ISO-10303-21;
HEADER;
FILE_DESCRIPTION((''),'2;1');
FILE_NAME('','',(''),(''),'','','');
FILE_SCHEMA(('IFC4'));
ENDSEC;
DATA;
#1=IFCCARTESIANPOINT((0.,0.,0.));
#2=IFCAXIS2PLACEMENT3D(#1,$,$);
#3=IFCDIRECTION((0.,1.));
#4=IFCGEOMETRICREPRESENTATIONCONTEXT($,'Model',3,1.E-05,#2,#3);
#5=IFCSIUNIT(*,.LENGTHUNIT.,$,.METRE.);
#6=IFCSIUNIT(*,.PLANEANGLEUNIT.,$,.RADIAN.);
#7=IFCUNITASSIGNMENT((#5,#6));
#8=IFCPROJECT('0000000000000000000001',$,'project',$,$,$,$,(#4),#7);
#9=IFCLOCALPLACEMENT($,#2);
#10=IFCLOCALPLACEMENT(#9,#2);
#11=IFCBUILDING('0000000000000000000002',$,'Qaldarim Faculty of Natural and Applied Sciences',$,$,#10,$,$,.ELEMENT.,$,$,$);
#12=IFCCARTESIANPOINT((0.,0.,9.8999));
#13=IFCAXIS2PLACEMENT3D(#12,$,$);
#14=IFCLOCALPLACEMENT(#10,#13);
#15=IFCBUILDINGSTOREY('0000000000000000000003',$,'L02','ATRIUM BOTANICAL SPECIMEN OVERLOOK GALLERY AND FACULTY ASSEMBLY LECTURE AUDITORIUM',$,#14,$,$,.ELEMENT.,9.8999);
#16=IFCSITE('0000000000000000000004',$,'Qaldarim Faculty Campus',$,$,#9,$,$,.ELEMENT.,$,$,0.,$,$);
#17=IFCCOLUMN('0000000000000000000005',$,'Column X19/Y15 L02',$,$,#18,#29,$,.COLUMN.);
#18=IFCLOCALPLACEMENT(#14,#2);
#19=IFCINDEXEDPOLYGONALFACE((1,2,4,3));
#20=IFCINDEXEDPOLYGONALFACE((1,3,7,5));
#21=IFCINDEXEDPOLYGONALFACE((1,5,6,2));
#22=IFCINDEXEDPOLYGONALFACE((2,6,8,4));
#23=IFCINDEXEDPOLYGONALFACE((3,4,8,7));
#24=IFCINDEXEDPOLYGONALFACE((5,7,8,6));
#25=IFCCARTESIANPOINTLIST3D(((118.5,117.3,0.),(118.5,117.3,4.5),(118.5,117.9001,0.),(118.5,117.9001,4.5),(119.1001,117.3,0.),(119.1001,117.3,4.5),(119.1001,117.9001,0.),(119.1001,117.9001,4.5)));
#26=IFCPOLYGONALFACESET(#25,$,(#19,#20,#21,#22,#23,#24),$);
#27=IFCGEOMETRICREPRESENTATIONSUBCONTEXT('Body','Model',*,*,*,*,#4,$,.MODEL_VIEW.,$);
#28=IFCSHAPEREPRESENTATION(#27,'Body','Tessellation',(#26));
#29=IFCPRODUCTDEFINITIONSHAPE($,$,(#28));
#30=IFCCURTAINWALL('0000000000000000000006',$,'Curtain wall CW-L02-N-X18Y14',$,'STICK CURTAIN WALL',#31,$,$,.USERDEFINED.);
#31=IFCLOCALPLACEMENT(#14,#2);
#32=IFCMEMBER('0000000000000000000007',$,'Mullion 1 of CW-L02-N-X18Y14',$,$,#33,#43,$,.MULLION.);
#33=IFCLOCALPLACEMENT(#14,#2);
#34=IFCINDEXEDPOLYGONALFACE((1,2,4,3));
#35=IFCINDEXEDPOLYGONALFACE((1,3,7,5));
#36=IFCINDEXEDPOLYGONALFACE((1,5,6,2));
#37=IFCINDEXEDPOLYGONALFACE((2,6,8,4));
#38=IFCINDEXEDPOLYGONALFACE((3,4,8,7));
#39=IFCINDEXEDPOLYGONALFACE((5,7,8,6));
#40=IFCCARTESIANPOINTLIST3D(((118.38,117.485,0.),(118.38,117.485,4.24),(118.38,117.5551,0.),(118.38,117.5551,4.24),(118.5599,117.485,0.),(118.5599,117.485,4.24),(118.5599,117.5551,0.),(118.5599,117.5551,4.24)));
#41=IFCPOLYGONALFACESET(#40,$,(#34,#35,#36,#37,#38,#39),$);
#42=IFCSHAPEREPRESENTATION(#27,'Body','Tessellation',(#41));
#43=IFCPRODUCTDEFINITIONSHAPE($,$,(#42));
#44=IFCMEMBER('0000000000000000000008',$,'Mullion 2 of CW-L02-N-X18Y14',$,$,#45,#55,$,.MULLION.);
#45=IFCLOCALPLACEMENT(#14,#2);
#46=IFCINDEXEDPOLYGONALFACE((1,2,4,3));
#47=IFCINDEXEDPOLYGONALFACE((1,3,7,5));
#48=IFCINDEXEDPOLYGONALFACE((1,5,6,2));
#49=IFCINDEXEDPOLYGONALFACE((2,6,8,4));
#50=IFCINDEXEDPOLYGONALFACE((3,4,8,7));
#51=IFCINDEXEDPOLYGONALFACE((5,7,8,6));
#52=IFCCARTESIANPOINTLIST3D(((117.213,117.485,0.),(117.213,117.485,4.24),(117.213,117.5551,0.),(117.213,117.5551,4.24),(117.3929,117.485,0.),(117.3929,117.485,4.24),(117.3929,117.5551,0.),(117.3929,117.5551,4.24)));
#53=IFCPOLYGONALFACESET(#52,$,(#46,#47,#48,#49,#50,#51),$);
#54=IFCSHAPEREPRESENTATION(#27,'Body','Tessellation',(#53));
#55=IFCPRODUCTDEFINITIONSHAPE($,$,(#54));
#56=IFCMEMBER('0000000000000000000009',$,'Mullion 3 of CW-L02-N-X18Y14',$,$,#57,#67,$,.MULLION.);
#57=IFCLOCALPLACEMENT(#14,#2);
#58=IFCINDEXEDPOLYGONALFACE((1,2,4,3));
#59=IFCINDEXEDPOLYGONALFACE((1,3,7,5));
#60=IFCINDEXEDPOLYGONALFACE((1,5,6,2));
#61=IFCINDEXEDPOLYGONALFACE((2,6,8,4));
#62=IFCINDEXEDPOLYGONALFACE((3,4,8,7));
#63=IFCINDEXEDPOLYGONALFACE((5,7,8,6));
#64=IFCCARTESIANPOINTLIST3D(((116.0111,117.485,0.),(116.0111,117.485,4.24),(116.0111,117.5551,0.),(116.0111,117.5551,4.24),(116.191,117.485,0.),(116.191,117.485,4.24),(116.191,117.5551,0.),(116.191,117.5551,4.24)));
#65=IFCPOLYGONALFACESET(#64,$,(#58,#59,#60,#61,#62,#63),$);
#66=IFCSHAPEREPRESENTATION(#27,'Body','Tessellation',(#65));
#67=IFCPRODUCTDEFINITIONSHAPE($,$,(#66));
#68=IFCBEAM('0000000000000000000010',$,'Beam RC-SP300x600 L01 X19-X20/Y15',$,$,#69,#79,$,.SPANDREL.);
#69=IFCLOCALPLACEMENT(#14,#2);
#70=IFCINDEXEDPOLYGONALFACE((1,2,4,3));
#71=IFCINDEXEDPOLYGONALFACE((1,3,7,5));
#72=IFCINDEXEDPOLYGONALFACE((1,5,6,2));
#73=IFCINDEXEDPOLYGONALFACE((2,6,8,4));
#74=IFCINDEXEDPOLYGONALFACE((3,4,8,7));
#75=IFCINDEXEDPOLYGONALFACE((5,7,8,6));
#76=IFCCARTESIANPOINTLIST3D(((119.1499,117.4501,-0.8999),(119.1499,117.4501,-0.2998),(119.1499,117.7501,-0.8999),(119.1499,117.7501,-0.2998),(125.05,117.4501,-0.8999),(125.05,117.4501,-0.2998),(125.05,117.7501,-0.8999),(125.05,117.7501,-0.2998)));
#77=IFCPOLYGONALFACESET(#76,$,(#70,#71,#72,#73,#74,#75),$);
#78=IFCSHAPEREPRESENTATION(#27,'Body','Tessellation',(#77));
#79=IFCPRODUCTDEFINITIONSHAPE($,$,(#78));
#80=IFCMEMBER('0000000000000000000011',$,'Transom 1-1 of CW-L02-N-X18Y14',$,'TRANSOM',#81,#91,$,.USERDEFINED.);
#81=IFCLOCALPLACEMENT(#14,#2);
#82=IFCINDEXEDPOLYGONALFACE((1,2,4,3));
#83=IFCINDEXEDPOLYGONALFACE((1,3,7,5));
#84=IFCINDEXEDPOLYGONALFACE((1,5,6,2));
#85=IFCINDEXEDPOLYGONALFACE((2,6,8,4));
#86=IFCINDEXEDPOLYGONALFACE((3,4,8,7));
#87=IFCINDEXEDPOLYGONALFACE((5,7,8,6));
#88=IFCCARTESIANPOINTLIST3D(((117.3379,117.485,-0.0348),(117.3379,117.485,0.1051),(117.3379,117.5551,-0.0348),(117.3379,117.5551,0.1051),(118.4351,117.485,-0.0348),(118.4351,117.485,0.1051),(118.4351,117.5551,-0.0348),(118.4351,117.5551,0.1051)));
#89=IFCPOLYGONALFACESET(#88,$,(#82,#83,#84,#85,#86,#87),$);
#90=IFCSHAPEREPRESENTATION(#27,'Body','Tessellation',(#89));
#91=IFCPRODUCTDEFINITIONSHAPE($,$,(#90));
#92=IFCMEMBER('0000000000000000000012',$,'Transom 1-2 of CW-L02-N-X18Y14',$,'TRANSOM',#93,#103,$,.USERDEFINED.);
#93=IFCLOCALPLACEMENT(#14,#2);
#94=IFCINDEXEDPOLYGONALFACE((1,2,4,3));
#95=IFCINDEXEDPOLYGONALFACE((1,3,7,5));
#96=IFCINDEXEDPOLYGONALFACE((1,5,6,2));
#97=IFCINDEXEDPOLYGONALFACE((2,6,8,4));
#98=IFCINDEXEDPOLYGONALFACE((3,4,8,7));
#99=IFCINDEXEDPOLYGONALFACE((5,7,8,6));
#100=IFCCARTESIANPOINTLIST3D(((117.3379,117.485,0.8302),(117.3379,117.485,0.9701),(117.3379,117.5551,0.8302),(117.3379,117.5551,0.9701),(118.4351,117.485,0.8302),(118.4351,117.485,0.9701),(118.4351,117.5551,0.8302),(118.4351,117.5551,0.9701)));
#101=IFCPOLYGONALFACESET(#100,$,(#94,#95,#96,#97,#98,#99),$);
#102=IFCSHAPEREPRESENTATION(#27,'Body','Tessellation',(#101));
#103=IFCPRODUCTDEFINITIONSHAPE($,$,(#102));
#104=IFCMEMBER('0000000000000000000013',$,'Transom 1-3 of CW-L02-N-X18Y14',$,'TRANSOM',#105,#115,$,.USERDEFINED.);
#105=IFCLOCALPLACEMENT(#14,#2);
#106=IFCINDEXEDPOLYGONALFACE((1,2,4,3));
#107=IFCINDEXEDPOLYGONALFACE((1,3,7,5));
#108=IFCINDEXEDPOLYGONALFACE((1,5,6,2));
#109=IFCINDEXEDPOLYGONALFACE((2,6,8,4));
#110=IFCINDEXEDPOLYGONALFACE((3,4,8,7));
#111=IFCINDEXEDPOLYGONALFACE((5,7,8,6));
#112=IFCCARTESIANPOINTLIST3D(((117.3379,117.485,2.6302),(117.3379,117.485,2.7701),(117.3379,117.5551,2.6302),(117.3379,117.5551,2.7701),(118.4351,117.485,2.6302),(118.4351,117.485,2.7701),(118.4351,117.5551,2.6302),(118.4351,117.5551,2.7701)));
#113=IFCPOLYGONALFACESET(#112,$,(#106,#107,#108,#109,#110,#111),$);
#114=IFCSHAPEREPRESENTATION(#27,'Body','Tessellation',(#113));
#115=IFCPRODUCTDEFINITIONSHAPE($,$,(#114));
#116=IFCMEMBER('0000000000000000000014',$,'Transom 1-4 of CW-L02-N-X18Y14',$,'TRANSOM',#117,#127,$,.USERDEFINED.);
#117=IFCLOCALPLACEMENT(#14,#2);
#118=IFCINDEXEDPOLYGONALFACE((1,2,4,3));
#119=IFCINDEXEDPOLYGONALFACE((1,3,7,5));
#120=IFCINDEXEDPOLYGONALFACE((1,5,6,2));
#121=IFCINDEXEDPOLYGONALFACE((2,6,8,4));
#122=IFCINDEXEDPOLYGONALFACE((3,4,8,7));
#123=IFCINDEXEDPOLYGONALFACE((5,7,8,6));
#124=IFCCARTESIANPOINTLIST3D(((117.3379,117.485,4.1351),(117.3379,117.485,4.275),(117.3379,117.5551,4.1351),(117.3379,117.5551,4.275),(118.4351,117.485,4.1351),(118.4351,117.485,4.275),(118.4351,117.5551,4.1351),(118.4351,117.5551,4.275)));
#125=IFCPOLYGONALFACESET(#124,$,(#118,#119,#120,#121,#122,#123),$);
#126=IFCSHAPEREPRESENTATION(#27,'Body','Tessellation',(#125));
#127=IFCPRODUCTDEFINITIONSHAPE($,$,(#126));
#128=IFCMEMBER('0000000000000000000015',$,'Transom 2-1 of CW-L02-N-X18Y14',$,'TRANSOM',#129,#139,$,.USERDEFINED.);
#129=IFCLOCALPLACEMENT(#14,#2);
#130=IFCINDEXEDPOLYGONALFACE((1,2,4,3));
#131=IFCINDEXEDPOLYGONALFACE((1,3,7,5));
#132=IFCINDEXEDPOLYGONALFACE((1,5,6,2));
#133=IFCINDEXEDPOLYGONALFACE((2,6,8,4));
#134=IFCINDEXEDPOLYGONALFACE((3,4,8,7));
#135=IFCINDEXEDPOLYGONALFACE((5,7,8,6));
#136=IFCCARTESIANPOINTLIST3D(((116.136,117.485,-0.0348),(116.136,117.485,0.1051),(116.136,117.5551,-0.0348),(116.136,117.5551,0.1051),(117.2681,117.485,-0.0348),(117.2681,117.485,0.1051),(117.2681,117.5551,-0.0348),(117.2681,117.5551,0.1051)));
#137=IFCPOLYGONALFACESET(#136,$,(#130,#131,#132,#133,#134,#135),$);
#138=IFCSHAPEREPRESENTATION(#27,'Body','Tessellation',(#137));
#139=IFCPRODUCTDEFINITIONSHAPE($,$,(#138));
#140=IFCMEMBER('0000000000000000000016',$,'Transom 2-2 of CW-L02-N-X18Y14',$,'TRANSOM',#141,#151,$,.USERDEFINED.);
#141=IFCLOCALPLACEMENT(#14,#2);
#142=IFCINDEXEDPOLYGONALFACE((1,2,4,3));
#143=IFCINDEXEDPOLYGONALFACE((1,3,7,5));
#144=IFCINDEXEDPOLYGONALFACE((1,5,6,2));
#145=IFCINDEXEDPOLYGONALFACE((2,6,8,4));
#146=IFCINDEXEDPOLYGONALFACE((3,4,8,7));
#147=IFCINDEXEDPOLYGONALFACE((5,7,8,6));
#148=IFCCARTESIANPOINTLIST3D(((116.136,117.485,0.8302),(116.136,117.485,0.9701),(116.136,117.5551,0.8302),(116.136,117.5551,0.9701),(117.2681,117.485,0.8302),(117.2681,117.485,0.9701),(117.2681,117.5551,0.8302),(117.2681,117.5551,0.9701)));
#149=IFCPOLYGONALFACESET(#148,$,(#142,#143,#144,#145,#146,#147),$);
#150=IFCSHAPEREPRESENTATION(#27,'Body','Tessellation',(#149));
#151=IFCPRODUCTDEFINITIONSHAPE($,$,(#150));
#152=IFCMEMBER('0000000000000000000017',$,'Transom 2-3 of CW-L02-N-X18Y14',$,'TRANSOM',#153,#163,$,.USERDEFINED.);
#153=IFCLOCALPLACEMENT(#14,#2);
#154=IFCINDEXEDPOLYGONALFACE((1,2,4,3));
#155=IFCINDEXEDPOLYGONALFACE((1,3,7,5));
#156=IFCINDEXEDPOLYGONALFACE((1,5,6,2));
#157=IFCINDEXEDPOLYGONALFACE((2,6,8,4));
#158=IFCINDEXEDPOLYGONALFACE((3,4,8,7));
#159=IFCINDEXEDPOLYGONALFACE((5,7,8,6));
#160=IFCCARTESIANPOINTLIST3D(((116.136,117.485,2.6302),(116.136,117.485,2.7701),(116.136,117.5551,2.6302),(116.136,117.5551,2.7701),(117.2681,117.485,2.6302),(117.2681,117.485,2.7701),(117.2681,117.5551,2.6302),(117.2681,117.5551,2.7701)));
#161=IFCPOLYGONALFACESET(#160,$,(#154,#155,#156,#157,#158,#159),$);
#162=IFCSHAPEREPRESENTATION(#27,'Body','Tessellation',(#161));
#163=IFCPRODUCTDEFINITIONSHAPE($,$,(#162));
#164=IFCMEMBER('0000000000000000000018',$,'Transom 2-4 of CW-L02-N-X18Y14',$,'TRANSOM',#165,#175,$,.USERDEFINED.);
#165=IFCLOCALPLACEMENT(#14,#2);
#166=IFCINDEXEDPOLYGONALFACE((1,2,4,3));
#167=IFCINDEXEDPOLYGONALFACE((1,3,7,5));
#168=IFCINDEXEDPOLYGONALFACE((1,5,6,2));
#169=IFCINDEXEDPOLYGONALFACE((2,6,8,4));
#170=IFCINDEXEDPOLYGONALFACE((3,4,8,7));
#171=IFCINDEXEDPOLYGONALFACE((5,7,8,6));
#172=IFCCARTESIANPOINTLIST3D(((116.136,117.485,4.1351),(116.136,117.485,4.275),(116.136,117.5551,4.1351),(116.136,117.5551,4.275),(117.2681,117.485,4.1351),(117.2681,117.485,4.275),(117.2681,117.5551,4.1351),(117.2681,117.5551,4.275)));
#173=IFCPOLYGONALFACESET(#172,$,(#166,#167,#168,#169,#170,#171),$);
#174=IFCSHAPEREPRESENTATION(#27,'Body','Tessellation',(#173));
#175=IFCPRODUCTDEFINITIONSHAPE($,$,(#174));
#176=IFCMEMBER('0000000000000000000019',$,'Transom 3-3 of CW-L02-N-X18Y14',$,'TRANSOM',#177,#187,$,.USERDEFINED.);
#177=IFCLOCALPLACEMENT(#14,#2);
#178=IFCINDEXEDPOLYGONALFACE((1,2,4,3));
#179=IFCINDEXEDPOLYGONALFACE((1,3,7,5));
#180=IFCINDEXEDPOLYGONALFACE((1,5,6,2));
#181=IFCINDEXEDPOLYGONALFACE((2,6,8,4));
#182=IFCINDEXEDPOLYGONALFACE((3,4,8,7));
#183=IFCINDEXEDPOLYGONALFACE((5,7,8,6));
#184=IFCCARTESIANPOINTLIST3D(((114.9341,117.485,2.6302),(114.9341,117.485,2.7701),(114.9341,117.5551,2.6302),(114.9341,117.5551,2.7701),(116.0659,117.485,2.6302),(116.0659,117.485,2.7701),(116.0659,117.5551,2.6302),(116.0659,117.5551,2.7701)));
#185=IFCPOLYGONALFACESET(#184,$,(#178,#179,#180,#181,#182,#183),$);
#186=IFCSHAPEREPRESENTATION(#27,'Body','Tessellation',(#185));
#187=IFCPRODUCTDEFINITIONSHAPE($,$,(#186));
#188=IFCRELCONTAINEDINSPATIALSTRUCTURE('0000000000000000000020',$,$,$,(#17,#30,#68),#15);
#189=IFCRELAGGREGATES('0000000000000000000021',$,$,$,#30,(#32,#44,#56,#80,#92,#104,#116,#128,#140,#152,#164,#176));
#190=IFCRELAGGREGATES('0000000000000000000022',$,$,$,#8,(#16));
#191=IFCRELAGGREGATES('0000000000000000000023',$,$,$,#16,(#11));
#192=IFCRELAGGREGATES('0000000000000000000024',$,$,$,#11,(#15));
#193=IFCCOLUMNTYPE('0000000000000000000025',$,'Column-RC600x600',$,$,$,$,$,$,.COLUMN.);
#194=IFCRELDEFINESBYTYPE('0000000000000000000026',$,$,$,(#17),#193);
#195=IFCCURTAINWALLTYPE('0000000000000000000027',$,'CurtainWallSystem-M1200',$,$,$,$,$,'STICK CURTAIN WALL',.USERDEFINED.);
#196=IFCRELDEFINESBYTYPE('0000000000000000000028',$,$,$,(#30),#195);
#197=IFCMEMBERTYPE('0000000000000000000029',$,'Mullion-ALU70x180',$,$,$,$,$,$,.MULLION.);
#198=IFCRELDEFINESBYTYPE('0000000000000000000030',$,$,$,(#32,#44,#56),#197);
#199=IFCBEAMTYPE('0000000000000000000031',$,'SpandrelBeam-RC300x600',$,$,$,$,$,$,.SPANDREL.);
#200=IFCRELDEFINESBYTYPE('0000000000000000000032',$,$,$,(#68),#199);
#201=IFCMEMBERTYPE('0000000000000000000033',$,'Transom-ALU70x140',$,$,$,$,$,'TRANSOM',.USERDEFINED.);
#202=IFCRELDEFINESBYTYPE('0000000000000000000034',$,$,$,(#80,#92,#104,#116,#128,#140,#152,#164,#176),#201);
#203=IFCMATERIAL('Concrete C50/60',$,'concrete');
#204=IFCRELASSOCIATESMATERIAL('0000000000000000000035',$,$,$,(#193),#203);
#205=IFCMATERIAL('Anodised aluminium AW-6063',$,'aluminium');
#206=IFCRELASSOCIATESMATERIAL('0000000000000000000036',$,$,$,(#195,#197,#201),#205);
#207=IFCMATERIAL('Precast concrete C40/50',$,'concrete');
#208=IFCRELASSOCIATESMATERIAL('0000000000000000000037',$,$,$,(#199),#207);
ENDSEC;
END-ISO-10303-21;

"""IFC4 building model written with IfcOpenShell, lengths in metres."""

from ifc_helpers import new_model, si_unit, direction, frame, origin, origin_2d, place, context, subcontext, project, spatial, rectangle, extrude, material, material_profile, profile_set, type_object, element, aggregate, save


model = new_model("IFC4")

# Units and contexts
model_context = context("Model", 3, precision=1e-05, world=origin(), true_north=direction((0.0, 1.0)))
body_context = subcontext(model_context, "Body", "Model", "MODEL_VIEW")
ifc_project = project(units=[si_unit("LENGTHUNIT", "METRE"), si_unit("PLANEANGLEUNIT", "RADIAN")], contexts=[model_context])

# Site, building, storey
site_placement = place(None, origin())
site = spatial("IfcSite", under=ifc_project, at=site_placement, Name="Qaldarim Faculty Campus", CompositionType="ELEMENT", RefElevation=0.0)
building_placement = place(site_placement, origin())
building = spatial("IfcBuilding", under=site, at=building_placement, Name="Qaldarim Faculty of Natural and Applied Sciences", CompositionType="ELEMENT")
storey_placement = place(building_placement, frame((0.0, 0.0, 9.8999)))
storey = spatial("IfcBuildingStorey", under=building, at=storey_placement, Name="L02", Description="ATRIUM BOTANICAL SPECIMEN OVERLOOK GALLERY AND FACULTY ASSEMBLY LECTURE AUDITORIUM", CompositionType="ELEMENT", Elevation=9.8999)

# Column
ifc_material_1 = material(Name="Concrete C50/60", Category="concrete")
ifc_material_profile_1 = material_profile(ifc_material_1, rectangle(XDim=0.6001, YDim=0.6001, at=origin_2d()), Name="RC-C600x600")
ifc_profile_set_1 = profile_set([ifc_material_profile_1], Name="Concrete C50/60")
column_type = type_object("IfcColumnType", Name="Column-RC600x600", PredefinedType="COLUMN", material=ifc_profile_set_1)
column_placement = place(storey_placement, frame((118.8, 117.6001, 0.0), z_axis=(0.0, 0.0, 1.0), x_axis=(1.0, 0.0, 0.0)))
element("IfcColumn", 1, at=column_placement, inside=storey, type_object=column_type, Name="Column X19/Y15 L02", PredefinedType="COLUMN", context=body_context, shape_type="SweptSolid", body=[
    extrude(rectangle(XDim=0.6001, YDim=0.6001, at=origin_2d()), origin(), (0.0, 0.0, 1.0), 4.5),
])

# Curtain wall, members
ifc_material_2 = material(Name="Anodised aluminium AW-6063", Category="aluminium")
curtain_wall_type = type_object("IfcCurtainWallType", Name="CurtainWallSystem-M1200", ElementType="STICK CURTAIN WALL", PredefinedType="USERDEFINED", material=ifc_material_2)
curtain_wall_placement = place(storey_placement, origin())
curtain_wall = element("IfcCurtainWall", 2, at=curtain_wall_placement, inside=storey, type_object=curtain_wall_type, Name="Curtain wall CW-L02-N-X18Y14", ObjectType="STICK CURTAIN WALL", PredefinedType="USERDEFINED")
ifc_material_profile_2 = material_profile(ifc_material_2, rectangle(XDim=0.0701, YDim=0.1799, at=origin_2d()), Name="ALU-M70x180")
ifc_profile_set_2 = profile_set([ifc_material_profile_2], Name="Anodised aluminium AW-6063")
member_type_1 = type_object("IfcMemberType", Name="Mullion-ALU70x180", PredefinedType="MULLION", material=ifc_profile_set_2)
member_1_placement = place(storey_placement, frame((118.47, 117.52, 0.0), z_axis=(0.0, 0.0, 1.0), x_axis=(0.0, -1.0, 0.0)))
member_1 = element("IfcMember", 3, at=member_1_placement, type_object=member_type_1, Name="Mullion 1 of CW-L02-N-X18Y14", PredefinedType="MULLION", context=body_context, shape_type="SweptSolid", body=[
    extrude(rectangle(XDim=0.0701, YDim=0.1799, at=origin_2d()), origin(), (0.0, 0.0, 1.0), 4.24),
])
member_2_placement = place(storey_placement, frame((117.303, 117.52, 0.0), z_axis=(0.0, 0.0, 1.0), x_axis=(0.0, -1.0, 0.0)))
member_2 = element("IfcMember", 4, at=member_2_placement, type_object=member_type_1, Name="Mullion 2 of CW-L02-N-X18Y14", PredefinedType="MULLION", context=body_context, shape_type="SweptSolid", body=[
    extrude(rectangle(XDim=0.0701, YDim=0.1799, at=origin_2d()), origin(), (0.0, 0.0, 1.0), 4.24),
])
member_3_placement = place(storey_placement, frame((116.1011, 117.52, 0.0), z_axis=(0.0, 0.0, 1.0), x_axis=(0.0, -1.0, 0.0)))
member_3 = element("IfcMember", 5, at=member_3_placement, type_object=member_type_1, Name="Mullion 3 of CW-L02-N-X18Y14", PredefinedType="MULLION", context=body_context, shape_type="SweptSolid", body=[
    extrude(rectangle(XDim=0.0701, YDim=0.1799, at=origin_2d()), origin(), (0.0, 0.0, 1.0), 4.24),
])

# Beam
ifc_material_3 = material(Name="Precast concrete C40/50", Category="concrete")
ifc_material_profile_3 = material_profile(ifc_material_3, rectangle(XDim=0.3, YDim=0.6001, at=origin_2d()), Name="RC-SP300x600")
ifc_profile_set_3 = profile_set([ifc_material_profile_3], Name="Precast concrete C40/50")
beam_type = type_object("IfcBeamType", Name="SpandrelBeam-RC300x600", PredefinedType="SPANDREL", material=ifc_profile_set_3)
beam_placement = place(storey_placement, frame((119.1499, 117.6001, -0.5999), z_axis=(1.0, 0.0, 0.0), x_axis=(0.0, 1.0, 0.0)))
element("IfcBeam", 6, at=beam_placement, inside=storey, type_object=beam_type, Name="Beam RC-SP300x600 L01 X19-X20/Y15", PredefinedType="SPANDREL", context=body_context, shape_type="SweptSolid", body=[
    extrude(rectangle(XDim=0.3, YDim=0.6001, at=origin_2d()), origin(), (0.0, 0.0, 1.0), 5.9001),
])

# Members
ifc_material_profile_4 = material_profile(ifc_material_2, rectangle(XDim=0.0701, YDim=0.1399, at=origin_2d()), Name="ALU-T70x140")
ifc_profile_set_4 = profile_set([ifc_material_profile_4], Name="Anodised aluminium AW-6063")
member_type_2 = type_object("IfcMemberType", Name="Transom-ALU70x140", ElementType="TRANSOM", PredefinedType="USERDEFINED", material=ifc_profile_set_4)
member_4_placement = place(storey_placement, frame((118.4351, 117.52, 0.0352), z_axis=(-1.0, 0.0, 0.0), x_axis=(0.0, -1.0, 0.0)))
member_4 = element("IfcMember", 7, at=member_4_placement, type_object=member_type_2, Name="Transom 1-1 of CW-L02-N-X18Y14", ObjectType="TRANSOM", PredefinedType="USERDEFINED", context=body_context, shape_type="SweptSolid", body=[
    extrude(rectangle(XDim=0.0701, YDim=0.1399, at=origin_2d()), origin(), (0.0, 0.0, 1.0), 1.0972),
])
member_5_placement = place(storey_placement, frame((118.4351, 117.52, 0.9001), z_axis=(-1.0, 0.0, 0.0), x_axis=(0.0, -1.0, 0.0)))
member_5 = element("IfcMember", 8, at=member_5_placement, type_object=member_type_2, Name="Transom 1-2 of CW-L02-N-X18Y14", ObjectType="TRANSOM", PredefinedType="USERDEFINED", context=body_context, shape_type="SweptSolid", body=[
    extrude(rectangle(XDim=0.0701, YDim=0.1399, at=origin_2d()), origin(), (0.0, 0.0, 1.0), 1.0972),
])
member_6_placement = place(storey_placement, frame((118.4351, 117.52, 2.7002), z_axis=(-1.0, 0.0, 0.0), x_axis=(0.0, -1.0, 0.0)))
member_6 = element("IfcMember", 9, at=member_6_placement, type_object=member_type_2, Name="Transom 1-3 of CW-L02-N-X18Y14", ObjectType="TRANSOM", PredefinedType="USERDEFINED", context=body_context, shape_type="SweptSolid", body=[
    extrude(rectangle(XDim=0.0701, YDim=0.1399, at=origin_2d()), origin(), (0.0, 0.0, 1.0), 1.0972),
])
member_7_placement = place(storey_placement, frame((118.4351, 117.52, 4.2051), z_axis=(-1.0, 0.0, 0.0), x_axis=(0.0, -1.0, 0.0)))
member_7 = element("IfcMember", 10, at=member_7_placement, type_object=member_type_2, Name="Transom 1-4 of CW-L02-N-X18Y14", ObjectType="TRANSOM", PredefinedType="USERDEFINED", context=body_context, shape_type="SweptSolid", body=[
    extrude(rectangle(XDim=0.0701, YDim=0.1399, at=origin_2d()), origin(), (0.0, 0.0, 1.0), 1.0972),
])
member_8_placement = place(storey_placement, frame((117.2681, 117.52, 0.0352), z_axis=(-1.0, 0.0, 0.0), x_axis=(0.0, -1.0, 0.0)))
member_8 = element("IfcMember", 11, at=member_8_placement, type_object=member_type_2, Name="Transom 2-1 of CW-L02-N-X18Y14", ObjectType="TRANSOM", PredefinedType="USERDEFINED", context=body_context, shape_type="SweptSolid", body=[
    extrude(rectangle(XDim=0.0701, YDim=0.1399, at=origin_2d()), origin(), (0.0, 0.0, 1.0), 1.1321),
])
member_9_placement = place(storey_placement, frame((117.2681, 117.52, 0.9001), z_axis=(-1.0, 0.0, 0.0), x_axis=(0.0, -1.0, 0.0)))
member_9 = element("IfcMember", 12, at=member_9_placement, type_object=member_type_2, Name="Transom 2-2 of CW-L02-N-X18Y14", ObjectType="TRANSOM", PredefinedType="USERDEFINED", context=body_context, shape_type="SweptSolid", body=[
    extrude(rectangle(XDim=0.0701, YDim=0.1399, at=origin_2d()), origin(), (0.0, 0.0, 1.0), 1.1321),
])
member_10_placement = place(storey_placement, frame((117.2681, 117.52, 2.7002), z_axis=(-1.0, 0.0, 0.0), x_axis=(0.0, -1.0, 0.0)))
member_10 = element("IfcMember", 13, at=member_10_placement, type_object=member_type_2, Name="Transom 2-3 of CW-L02-N-X18Y14", ObjectType="TRANSOM", PredefinedType="USERDEFINED", context=body_context, shape_type="SweptSolid", body=[
    extrude(rectangle(XDim=0.0701, YDim=0.1399, at=origin_2d()), origin(), (0.0, 0.0, 1.0), 1.1321),
])
member_11_placement = place(storey_placement, frame((117.2681, 117.52, 4.2051), z_axis=(-1.0, 0.0, 0.0), x_axis=(0.0, -1.0, 0.0)))
member_11 = element("IfcMember", 14, at=member_11_placement, type_object=member_type_2, Name="Transom 2-4 of CW-L02-N-X18Y14", ObjectType="TRANSOM", PredefinedType="USERDEFINED", context=body_context, shape_type="SweptSolid", body=[
    extrude(rectangle(XDim=0.0701, YDim=0.1399, at=origin_2d()), origin(), (0.0, 0.0, 1.0), 1.1321),
])
member_12_placement = place(storey_placement, frame((116.0659, 117.52, 2.7002), z_axis=(-1.0, 0.0, 0.0), x_axis=(0.0, -1.0, 0.0)))
member_12 = element("IfcMember", 15, at=member_12_placement, type_object=member_type_2, Name="Transom 3-3 of CW-L02-N-X18Y14", ObjectType="TRANSOM", PredefinedType="USERDEFINED", context=body_context, shape_type="SweptSolid", body=[
    extrude(rectangle(XDim=0.0701, YDim=0.1399, at=origin_2d()), origin(), (0.0, 0.0, 1.0), 1.1318),
])

aggregate(curtain_wall, [member_1, member_2, member_3, member_4, member_5, member_6, member_7, member_8, member_9, member_10, member_11, member_12])

save(model, "model.ifc")
